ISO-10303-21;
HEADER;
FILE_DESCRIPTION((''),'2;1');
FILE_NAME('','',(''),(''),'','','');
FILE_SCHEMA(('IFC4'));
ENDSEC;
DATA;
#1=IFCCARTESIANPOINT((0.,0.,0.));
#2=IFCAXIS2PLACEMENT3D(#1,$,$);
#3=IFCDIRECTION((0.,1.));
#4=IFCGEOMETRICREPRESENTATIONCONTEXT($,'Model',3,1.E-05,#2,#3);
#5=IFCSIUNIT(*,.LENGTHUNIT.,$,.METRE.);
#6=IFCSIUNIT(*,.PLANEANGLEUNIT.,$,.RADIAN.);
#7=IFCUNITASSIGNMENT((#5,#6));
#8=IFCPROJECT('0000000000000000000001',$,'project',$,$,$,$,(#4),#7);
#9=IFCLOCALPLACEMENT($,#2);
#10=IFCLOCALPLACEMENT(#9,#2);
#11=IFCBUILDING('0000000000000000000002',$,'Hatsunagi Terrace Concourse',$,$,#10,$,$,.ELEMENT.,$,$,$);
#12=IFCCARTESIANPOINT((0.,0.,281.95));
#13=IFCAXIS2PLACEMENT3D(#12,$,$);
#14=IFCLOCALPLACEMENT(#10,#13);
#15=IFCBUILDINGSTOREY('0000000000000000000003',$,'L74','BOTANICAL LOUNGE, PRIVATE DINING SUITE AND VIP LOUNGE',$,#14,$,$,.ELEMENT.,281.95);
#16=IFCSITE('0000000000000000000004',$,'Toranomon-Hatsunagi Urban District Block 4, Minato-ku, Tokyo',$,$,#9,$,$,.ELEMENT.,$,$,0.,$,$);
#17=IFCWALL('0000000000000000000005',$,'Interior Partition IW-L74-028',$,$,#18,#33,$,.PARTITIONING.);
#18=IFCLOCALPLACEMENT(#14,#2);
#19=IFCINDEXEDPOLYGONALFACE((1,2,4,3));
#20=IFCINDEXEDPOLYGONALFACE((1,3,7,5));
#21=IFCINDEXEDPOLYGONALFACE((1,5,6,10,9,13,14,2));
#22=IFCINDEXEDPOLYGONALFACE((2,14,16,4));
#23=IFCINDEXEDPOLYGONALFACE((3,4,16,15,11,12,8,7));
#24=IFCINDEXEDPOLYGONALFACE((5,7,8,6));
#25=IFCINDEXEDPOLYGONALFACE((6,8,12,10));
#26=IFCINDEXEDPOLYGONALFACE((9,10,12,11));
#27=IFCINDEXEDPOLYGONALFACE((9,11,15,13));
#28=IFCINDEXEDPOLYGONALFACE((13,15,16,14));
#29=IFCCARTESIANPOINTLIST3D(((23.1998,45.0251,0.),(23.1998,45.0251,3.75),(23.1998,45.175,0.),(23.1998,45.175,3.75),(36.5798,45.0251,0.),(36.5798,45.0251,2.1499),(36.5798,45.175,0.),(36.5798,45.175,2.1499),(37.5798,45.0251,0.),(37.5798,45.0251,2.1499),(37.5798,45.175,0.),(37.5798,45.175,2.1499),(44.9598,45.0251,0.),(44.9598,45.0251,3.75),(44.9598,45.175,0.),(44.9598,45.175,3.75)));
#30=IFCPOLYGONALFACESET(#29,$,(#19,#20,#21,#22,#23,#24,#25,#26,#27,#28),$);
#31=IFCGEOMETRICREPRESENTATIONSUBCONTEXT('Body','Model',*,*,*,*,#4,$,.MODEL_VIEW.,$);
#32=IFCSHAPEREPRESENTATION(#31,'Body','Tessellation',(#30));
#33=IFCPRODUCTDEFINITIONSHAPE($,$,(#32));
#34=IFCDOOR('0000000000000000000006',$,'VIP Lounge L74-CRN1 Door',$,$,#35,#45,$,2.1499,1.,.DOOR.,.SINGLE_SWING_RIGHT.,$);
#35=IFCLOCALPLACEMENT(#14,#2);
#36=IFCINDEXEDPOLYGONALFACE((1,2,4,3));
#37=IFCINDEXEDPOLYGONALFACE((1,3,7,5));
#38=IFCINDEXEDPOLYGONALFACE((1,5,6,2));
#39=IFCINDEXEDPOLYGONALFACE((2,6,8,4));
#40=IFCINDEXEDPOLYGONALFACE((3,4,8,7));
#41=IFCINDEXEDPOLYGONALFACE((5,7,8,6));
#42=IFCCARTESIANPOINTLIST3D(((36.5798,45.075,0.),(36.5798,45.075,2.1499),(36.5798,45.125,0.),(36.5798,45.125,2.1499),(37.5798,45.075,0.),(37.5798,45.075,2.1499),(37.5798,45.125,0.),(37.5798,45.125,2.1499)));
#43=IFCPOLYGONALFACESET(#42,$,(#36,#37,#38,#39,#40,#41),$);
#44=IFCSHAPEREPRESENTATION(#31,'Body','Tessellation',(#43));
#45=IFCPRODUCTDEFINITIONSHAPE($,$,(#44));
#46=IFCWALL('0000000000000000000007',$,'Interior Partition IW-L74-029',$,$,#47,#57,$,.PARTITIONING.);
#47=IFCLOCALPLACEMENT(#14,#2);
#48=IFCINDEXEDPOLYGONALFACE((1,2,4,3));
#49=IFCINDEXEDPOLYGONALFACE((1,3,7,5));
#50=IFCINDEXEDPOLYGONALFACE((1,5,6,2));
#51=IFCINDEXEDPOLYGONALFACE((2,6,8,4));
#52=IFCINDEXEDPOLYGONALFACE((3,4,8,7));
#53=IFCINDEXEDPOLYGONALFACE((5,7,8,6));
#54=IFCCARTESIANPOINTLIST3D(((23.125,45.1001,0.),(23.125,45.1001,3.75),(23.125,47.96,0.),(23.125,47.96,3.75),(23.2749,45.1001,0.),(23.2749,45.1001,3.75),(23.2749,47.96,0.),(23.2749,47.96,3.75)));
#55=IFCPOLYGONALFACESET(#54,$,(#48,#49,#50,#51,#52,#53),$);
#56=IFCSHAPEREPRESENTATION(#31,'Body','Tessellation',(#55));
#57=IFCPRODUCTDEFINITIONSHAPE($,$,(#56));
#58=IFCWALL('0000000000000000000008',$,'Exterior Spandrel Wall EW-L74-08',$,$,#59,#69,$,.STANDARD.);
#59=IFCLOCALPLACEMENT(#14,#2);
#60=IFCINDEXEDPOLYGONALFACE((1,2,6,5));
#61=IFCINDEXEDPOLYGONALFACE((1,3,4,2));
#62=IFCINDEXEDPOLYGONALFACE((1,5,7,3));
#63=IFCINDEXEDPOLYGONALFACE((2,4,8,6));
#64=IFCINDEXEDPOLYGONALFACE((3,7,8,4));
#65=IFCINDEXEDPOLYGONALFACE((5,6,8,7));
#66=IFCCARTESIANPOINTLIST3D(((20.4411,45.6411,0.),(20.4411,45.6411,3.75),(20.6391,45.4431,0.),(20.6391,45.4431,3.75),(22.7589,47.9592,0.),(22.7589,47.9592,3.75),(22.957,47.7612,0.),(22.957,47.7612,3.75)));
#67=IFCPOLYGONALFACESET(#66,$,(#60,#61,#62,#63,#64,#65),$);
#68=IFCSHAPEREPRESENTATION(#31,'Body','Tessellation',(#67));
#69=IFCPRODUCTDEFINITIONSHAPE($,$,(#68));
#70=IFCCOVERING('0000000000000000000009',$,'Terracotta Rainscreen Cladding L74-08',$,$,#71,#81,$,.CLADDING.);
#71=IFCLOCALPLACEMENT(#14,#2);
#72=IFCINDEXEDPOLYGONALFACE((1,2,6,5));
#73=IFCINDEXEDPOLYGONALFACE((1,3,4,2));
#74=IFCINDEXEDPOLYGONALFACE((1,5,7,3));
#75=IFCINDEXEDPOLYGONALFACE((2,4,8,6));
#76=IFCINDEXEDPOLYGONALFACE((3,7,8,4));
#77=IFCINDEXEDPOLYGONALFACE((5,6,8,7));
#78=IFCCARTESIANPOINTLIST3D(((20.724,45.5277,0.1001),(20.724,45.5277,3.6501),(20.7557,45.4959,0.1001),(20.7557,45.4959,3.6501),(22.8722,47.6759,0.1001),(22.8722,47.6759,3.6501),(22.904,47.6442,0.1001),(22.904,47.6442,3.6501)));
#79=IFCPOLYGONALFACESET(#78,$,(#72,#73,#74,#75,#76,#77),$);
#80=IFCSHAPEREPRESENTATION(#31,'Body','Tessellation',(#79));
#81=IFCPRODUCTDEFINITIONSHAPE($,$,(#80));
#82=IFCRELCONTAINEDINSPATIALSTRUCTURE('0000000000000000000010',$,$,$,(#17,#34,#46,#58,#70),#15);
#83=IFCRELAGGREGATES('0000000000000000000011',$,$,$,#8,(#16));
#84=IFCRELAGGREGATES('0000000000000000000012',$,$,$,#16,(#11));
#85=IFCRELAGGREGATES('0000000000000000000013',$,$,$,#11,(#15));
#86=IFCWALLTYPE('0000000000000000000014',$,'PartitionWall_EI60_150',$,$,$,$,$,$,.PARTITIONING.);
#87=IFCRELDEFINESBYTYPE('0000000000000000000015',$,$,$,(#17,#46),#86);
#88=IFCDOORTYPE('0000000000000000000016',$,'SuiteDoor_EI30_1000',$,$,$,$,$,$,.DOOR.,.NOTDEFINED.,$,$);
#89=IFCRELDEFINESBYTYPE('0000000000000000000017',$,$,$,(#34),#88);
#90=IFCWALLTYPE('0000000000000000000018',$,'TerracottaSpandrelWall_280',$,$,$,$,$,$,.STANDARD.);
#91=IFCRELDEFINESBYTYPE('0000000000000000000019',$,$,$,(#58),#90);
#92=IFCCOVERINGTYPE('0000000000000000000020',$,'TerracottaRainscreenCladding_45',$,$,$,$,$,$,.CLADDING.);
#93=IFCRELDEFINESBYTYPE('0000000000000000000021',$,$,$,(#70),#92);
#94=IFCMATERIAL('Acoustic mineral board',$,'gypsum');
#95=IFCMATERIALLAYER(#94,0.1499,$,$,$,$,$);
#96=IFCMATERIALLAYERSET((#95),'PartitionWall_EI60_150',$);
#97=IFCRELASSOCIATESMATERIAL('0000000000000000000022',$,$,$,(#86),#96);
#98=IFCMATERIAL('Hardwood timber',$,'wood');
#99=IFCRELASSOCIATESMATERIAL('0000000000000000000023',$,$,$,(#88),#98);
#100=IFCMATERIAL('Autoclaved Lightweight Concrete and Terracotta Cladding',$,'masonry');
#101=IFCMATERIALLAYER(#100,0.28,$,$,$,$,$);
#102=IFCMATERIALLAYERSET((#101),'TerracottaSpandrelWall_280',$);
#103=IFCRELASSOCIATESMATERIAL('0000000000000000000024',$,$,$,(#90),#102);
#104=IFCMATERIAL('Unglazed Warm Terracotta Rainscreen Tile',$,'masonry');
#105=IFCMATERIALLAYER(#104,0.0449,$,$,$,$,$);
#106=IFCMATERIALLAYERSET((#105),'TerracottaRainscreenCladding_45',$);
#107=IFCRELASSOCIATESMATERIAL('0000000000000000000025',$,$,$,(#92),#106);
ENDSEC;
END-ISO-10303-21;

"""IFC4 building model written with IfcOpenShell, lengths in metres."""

from ifc_helpers import new_model, si_unit, direction, frame, frame_2d, origin, origin_2d, place, context, subcontext, project, spatial, rectangle, extrude, material, layer, layer_set, type_object, element, fill, save


model = new_model("IFC4")

# Units and contexts
model_context = context("Model", 3, precision=1e-05, world=origin(), true_north=direction((0.0, 1.0)))
body_context = subcontext(model_context, "Body", "Model", "MODEL_VIEW")
ifc_project = project(units=[si_unit("LENGTHUNIT", "METRE"), si_unit("PLANEANGLEUNIT", "RADIAN")], contexts=[model_context])

# Site, building, storey
site_placement = place(None, origin())
site = spatial("IfcSite", under=ifc_project, at=site_placement, Name="Toranomon-Hatsunagi Urban District Block 4, Minato-ku, Tokyo", CompositionType="ELEMENT", RefElevation=0.0)
building_placement = place(site_placement, origin())
building = spatial("IfcBuilding", under=site, at=building_placement, Name="Hatsunagi Terrace Concourse", CompositionType="ELEMENT")
storey_placement = place(building_placement, frame((0.0, 0.0, 281.95)))
storey = spatial("IfcBuildingStorey", under=building, at=storey_placement, Name="L74", Description="BOTANICAL LOUNGE, PRIVATE DINING SUITE AND VIP LOUNGE", CompositionType="ELEMENT", Elevation=281.95)

# Wall, opening, door
ifc_material_1 = material(Name="Acoustic mineral board", Category="gypsum")
ifc_layer_1 = layer(ifc_material_1, 0.1499)
ifc_layer_set_1 = layer_set([ifc_layer_1], Name="PartitionWall_EI60_150")
wall_type_1 = type_object("IfcWallType", Name="PartitionWall_EI60_150", PredefinedType="PARTITIONING", material=ifc_layer_set_1)
wall_1_placement = place(storey_placement, frame((23.2, 45.1001, 0.0), z_axis=(0.0, 0.0, 1.0), x_axis=(1.0, 0.0, 0.0)))
wall_1 = element("IfcWall", 1, at=wall_1_placement, inside=storey, type_object=wall_type_1, Name="Interior Partition IW-L74-028", PredefinedType="PARTITIONING", context=body_context, shape_type="SweptSolid", body=[
    extrude(rectangle(XDim=21.76, YDim=0.1499, at=frame_2d((10.8799, 0.0))), origin(), (0.0, 0.0, 1.0), 3.75),
])
opening_placement = place(wall_1_placement, frame((13.3799, 0.0, 0.0)))
opening = element("IfcOpeningElement", 2, at=opening_placement, cuts=wall_1, PredefinedType="OPENING", context=body_context, shape_type="SweptSolid", body=[
    extrude(rectangle(XDim=1.0, YDim=2.1499, at=frame_2d((0.5, 1.075))), frame((0.0, 0.085, 0.0), z_axis=(0.0, -1.0, 0.0), x_axis=(1.0, 0.0, 0.0)), (0.0, 0.0, 1.0), 0.1699),
])
ifc_material_2 = material(Name="Hardwood timber", Category="wood")
door_type = type_object("IfcDoorType", Name="SuiteDoor_EI30_1000", OperationType="NOTDEFINED", PredefinedType="DOOR", material=ifc_material_2)
door_placement = place(opening_placement, origin())
door = element("IfcDoor", 3, at=door_placement, inside=storey, type_object=door_type, Name="VIP Lounge L74-CRN1 Door", OperationType="SINGLE_SWING_RIGHT", OverallHeight=2.1499, OverallWidth=1.0, PredefinedType="DOOR", context=body_context, shape_type="SweptSolid", body=[
    extrude(rectangle(XDim=1.0, YDim=2.1499, at=frame_2d((0.5, 1.075))), frame((0.0, 0.0249, 0.0), z_axis=(0.0, -1.0, 0.0), x_axis=(1.0, 0.0, 0.0)), (0.0, 0.0, 1.0), 0.05),
])
fill(opening, door)

# Walls
wall_2_placement = place(storey_placement, frame((23.2, 45.1001, 0.0), z_axis=(0.0, 0.0, 1.0), x_axis=(0.0, 1.0, 0.0)))
element("IfcWall", 4, at=wall_2_placement, inside=storey, type_object=wall_type_1, Name="Interior Partition IW-L74-029", PredefinedType="PARTITIONING", context=body_context, shape_type="SweptSolid", body=[
    extrude(rectangle(XDim=2.8599, YDim=0.1499, at=frame_2d((1.4299, 0.0))), origin(), (0.0, 0.0, 1.0), 3.75),
])
ifc_material_3 = material(Name="Autoclaved Lightweight Concrete and Terracotta Cladding", Category="masonry")
ifc_layer_2 = layer(ifc_material_3, 0.28)
ifc_layer_set_2 = layer_set([ifc_layer_2], Name="TerracottaSpandrelWall_280")
wall_type_2 = type_object("IfcWallType", Name="TerracottaSpandrelWall_280", PredefinedType="STANDARD", material=ifc_layer_set_2)
wall_3_placement = place(storey_placement, frame((20.54, 45.542, 0.0), z_axis=(0.0, 0.0, 1.0), x_axis=(0.70707, 0.707144, 0.0)))
element("IfcWall", 5, at=wall_3_placement, inside=storey, type_object=wall_type_2, Name="Exterior Spandrel Wall EW-L74-08", PredefinedType="STANDARD", context=body_context, shape_type="SweptSolid", body=[
    extrude(rectangle(XDim=3.2781, YDim=0.28, at=frame_2d((1.6392, 0.0))), origin(), (0.0, 0.0, 1.0), 3.75),
])

# Covering
ifc_material_4 = material(Name="Unglazed Warm Terracotta Rainscreen Tile", Category="masonry")
ifc_layer_3 = layer(ifc_material_4, 0.0449)
ifc_layer_set_3 = layer_set([ifc_layer_3], Name="TerracottaRainscreenCladding_45")
covering_type = type_object("IfcCoveringType", Name="TerracottaRainscreenCladding_45", PredefinedType="CLADDING", material=ifc_layer_set_3)
covering_placement = place(storey_placement, frame((21.814, 46.5859, 0.1001), z_axis=(0.0, 0.0, 1.0), x_axis=(0.707107, 0.707107, 0.0)))
element("IfcCovering", 6, at=covering_placement, inside=storey, type_object=covering_type, Name="Terracotta Rainscreen Cladding L74-08", PredefinedType="CLADDING", context=body_context, shape_type="SweptSolid", body=[
    extrude(rectangle(XDim=3.0381, YDim=0.0449, at=origin_2d()), origin(), (0.0, 0.0, 1.0), 3.55),
])

save(model, "model.ifc")
